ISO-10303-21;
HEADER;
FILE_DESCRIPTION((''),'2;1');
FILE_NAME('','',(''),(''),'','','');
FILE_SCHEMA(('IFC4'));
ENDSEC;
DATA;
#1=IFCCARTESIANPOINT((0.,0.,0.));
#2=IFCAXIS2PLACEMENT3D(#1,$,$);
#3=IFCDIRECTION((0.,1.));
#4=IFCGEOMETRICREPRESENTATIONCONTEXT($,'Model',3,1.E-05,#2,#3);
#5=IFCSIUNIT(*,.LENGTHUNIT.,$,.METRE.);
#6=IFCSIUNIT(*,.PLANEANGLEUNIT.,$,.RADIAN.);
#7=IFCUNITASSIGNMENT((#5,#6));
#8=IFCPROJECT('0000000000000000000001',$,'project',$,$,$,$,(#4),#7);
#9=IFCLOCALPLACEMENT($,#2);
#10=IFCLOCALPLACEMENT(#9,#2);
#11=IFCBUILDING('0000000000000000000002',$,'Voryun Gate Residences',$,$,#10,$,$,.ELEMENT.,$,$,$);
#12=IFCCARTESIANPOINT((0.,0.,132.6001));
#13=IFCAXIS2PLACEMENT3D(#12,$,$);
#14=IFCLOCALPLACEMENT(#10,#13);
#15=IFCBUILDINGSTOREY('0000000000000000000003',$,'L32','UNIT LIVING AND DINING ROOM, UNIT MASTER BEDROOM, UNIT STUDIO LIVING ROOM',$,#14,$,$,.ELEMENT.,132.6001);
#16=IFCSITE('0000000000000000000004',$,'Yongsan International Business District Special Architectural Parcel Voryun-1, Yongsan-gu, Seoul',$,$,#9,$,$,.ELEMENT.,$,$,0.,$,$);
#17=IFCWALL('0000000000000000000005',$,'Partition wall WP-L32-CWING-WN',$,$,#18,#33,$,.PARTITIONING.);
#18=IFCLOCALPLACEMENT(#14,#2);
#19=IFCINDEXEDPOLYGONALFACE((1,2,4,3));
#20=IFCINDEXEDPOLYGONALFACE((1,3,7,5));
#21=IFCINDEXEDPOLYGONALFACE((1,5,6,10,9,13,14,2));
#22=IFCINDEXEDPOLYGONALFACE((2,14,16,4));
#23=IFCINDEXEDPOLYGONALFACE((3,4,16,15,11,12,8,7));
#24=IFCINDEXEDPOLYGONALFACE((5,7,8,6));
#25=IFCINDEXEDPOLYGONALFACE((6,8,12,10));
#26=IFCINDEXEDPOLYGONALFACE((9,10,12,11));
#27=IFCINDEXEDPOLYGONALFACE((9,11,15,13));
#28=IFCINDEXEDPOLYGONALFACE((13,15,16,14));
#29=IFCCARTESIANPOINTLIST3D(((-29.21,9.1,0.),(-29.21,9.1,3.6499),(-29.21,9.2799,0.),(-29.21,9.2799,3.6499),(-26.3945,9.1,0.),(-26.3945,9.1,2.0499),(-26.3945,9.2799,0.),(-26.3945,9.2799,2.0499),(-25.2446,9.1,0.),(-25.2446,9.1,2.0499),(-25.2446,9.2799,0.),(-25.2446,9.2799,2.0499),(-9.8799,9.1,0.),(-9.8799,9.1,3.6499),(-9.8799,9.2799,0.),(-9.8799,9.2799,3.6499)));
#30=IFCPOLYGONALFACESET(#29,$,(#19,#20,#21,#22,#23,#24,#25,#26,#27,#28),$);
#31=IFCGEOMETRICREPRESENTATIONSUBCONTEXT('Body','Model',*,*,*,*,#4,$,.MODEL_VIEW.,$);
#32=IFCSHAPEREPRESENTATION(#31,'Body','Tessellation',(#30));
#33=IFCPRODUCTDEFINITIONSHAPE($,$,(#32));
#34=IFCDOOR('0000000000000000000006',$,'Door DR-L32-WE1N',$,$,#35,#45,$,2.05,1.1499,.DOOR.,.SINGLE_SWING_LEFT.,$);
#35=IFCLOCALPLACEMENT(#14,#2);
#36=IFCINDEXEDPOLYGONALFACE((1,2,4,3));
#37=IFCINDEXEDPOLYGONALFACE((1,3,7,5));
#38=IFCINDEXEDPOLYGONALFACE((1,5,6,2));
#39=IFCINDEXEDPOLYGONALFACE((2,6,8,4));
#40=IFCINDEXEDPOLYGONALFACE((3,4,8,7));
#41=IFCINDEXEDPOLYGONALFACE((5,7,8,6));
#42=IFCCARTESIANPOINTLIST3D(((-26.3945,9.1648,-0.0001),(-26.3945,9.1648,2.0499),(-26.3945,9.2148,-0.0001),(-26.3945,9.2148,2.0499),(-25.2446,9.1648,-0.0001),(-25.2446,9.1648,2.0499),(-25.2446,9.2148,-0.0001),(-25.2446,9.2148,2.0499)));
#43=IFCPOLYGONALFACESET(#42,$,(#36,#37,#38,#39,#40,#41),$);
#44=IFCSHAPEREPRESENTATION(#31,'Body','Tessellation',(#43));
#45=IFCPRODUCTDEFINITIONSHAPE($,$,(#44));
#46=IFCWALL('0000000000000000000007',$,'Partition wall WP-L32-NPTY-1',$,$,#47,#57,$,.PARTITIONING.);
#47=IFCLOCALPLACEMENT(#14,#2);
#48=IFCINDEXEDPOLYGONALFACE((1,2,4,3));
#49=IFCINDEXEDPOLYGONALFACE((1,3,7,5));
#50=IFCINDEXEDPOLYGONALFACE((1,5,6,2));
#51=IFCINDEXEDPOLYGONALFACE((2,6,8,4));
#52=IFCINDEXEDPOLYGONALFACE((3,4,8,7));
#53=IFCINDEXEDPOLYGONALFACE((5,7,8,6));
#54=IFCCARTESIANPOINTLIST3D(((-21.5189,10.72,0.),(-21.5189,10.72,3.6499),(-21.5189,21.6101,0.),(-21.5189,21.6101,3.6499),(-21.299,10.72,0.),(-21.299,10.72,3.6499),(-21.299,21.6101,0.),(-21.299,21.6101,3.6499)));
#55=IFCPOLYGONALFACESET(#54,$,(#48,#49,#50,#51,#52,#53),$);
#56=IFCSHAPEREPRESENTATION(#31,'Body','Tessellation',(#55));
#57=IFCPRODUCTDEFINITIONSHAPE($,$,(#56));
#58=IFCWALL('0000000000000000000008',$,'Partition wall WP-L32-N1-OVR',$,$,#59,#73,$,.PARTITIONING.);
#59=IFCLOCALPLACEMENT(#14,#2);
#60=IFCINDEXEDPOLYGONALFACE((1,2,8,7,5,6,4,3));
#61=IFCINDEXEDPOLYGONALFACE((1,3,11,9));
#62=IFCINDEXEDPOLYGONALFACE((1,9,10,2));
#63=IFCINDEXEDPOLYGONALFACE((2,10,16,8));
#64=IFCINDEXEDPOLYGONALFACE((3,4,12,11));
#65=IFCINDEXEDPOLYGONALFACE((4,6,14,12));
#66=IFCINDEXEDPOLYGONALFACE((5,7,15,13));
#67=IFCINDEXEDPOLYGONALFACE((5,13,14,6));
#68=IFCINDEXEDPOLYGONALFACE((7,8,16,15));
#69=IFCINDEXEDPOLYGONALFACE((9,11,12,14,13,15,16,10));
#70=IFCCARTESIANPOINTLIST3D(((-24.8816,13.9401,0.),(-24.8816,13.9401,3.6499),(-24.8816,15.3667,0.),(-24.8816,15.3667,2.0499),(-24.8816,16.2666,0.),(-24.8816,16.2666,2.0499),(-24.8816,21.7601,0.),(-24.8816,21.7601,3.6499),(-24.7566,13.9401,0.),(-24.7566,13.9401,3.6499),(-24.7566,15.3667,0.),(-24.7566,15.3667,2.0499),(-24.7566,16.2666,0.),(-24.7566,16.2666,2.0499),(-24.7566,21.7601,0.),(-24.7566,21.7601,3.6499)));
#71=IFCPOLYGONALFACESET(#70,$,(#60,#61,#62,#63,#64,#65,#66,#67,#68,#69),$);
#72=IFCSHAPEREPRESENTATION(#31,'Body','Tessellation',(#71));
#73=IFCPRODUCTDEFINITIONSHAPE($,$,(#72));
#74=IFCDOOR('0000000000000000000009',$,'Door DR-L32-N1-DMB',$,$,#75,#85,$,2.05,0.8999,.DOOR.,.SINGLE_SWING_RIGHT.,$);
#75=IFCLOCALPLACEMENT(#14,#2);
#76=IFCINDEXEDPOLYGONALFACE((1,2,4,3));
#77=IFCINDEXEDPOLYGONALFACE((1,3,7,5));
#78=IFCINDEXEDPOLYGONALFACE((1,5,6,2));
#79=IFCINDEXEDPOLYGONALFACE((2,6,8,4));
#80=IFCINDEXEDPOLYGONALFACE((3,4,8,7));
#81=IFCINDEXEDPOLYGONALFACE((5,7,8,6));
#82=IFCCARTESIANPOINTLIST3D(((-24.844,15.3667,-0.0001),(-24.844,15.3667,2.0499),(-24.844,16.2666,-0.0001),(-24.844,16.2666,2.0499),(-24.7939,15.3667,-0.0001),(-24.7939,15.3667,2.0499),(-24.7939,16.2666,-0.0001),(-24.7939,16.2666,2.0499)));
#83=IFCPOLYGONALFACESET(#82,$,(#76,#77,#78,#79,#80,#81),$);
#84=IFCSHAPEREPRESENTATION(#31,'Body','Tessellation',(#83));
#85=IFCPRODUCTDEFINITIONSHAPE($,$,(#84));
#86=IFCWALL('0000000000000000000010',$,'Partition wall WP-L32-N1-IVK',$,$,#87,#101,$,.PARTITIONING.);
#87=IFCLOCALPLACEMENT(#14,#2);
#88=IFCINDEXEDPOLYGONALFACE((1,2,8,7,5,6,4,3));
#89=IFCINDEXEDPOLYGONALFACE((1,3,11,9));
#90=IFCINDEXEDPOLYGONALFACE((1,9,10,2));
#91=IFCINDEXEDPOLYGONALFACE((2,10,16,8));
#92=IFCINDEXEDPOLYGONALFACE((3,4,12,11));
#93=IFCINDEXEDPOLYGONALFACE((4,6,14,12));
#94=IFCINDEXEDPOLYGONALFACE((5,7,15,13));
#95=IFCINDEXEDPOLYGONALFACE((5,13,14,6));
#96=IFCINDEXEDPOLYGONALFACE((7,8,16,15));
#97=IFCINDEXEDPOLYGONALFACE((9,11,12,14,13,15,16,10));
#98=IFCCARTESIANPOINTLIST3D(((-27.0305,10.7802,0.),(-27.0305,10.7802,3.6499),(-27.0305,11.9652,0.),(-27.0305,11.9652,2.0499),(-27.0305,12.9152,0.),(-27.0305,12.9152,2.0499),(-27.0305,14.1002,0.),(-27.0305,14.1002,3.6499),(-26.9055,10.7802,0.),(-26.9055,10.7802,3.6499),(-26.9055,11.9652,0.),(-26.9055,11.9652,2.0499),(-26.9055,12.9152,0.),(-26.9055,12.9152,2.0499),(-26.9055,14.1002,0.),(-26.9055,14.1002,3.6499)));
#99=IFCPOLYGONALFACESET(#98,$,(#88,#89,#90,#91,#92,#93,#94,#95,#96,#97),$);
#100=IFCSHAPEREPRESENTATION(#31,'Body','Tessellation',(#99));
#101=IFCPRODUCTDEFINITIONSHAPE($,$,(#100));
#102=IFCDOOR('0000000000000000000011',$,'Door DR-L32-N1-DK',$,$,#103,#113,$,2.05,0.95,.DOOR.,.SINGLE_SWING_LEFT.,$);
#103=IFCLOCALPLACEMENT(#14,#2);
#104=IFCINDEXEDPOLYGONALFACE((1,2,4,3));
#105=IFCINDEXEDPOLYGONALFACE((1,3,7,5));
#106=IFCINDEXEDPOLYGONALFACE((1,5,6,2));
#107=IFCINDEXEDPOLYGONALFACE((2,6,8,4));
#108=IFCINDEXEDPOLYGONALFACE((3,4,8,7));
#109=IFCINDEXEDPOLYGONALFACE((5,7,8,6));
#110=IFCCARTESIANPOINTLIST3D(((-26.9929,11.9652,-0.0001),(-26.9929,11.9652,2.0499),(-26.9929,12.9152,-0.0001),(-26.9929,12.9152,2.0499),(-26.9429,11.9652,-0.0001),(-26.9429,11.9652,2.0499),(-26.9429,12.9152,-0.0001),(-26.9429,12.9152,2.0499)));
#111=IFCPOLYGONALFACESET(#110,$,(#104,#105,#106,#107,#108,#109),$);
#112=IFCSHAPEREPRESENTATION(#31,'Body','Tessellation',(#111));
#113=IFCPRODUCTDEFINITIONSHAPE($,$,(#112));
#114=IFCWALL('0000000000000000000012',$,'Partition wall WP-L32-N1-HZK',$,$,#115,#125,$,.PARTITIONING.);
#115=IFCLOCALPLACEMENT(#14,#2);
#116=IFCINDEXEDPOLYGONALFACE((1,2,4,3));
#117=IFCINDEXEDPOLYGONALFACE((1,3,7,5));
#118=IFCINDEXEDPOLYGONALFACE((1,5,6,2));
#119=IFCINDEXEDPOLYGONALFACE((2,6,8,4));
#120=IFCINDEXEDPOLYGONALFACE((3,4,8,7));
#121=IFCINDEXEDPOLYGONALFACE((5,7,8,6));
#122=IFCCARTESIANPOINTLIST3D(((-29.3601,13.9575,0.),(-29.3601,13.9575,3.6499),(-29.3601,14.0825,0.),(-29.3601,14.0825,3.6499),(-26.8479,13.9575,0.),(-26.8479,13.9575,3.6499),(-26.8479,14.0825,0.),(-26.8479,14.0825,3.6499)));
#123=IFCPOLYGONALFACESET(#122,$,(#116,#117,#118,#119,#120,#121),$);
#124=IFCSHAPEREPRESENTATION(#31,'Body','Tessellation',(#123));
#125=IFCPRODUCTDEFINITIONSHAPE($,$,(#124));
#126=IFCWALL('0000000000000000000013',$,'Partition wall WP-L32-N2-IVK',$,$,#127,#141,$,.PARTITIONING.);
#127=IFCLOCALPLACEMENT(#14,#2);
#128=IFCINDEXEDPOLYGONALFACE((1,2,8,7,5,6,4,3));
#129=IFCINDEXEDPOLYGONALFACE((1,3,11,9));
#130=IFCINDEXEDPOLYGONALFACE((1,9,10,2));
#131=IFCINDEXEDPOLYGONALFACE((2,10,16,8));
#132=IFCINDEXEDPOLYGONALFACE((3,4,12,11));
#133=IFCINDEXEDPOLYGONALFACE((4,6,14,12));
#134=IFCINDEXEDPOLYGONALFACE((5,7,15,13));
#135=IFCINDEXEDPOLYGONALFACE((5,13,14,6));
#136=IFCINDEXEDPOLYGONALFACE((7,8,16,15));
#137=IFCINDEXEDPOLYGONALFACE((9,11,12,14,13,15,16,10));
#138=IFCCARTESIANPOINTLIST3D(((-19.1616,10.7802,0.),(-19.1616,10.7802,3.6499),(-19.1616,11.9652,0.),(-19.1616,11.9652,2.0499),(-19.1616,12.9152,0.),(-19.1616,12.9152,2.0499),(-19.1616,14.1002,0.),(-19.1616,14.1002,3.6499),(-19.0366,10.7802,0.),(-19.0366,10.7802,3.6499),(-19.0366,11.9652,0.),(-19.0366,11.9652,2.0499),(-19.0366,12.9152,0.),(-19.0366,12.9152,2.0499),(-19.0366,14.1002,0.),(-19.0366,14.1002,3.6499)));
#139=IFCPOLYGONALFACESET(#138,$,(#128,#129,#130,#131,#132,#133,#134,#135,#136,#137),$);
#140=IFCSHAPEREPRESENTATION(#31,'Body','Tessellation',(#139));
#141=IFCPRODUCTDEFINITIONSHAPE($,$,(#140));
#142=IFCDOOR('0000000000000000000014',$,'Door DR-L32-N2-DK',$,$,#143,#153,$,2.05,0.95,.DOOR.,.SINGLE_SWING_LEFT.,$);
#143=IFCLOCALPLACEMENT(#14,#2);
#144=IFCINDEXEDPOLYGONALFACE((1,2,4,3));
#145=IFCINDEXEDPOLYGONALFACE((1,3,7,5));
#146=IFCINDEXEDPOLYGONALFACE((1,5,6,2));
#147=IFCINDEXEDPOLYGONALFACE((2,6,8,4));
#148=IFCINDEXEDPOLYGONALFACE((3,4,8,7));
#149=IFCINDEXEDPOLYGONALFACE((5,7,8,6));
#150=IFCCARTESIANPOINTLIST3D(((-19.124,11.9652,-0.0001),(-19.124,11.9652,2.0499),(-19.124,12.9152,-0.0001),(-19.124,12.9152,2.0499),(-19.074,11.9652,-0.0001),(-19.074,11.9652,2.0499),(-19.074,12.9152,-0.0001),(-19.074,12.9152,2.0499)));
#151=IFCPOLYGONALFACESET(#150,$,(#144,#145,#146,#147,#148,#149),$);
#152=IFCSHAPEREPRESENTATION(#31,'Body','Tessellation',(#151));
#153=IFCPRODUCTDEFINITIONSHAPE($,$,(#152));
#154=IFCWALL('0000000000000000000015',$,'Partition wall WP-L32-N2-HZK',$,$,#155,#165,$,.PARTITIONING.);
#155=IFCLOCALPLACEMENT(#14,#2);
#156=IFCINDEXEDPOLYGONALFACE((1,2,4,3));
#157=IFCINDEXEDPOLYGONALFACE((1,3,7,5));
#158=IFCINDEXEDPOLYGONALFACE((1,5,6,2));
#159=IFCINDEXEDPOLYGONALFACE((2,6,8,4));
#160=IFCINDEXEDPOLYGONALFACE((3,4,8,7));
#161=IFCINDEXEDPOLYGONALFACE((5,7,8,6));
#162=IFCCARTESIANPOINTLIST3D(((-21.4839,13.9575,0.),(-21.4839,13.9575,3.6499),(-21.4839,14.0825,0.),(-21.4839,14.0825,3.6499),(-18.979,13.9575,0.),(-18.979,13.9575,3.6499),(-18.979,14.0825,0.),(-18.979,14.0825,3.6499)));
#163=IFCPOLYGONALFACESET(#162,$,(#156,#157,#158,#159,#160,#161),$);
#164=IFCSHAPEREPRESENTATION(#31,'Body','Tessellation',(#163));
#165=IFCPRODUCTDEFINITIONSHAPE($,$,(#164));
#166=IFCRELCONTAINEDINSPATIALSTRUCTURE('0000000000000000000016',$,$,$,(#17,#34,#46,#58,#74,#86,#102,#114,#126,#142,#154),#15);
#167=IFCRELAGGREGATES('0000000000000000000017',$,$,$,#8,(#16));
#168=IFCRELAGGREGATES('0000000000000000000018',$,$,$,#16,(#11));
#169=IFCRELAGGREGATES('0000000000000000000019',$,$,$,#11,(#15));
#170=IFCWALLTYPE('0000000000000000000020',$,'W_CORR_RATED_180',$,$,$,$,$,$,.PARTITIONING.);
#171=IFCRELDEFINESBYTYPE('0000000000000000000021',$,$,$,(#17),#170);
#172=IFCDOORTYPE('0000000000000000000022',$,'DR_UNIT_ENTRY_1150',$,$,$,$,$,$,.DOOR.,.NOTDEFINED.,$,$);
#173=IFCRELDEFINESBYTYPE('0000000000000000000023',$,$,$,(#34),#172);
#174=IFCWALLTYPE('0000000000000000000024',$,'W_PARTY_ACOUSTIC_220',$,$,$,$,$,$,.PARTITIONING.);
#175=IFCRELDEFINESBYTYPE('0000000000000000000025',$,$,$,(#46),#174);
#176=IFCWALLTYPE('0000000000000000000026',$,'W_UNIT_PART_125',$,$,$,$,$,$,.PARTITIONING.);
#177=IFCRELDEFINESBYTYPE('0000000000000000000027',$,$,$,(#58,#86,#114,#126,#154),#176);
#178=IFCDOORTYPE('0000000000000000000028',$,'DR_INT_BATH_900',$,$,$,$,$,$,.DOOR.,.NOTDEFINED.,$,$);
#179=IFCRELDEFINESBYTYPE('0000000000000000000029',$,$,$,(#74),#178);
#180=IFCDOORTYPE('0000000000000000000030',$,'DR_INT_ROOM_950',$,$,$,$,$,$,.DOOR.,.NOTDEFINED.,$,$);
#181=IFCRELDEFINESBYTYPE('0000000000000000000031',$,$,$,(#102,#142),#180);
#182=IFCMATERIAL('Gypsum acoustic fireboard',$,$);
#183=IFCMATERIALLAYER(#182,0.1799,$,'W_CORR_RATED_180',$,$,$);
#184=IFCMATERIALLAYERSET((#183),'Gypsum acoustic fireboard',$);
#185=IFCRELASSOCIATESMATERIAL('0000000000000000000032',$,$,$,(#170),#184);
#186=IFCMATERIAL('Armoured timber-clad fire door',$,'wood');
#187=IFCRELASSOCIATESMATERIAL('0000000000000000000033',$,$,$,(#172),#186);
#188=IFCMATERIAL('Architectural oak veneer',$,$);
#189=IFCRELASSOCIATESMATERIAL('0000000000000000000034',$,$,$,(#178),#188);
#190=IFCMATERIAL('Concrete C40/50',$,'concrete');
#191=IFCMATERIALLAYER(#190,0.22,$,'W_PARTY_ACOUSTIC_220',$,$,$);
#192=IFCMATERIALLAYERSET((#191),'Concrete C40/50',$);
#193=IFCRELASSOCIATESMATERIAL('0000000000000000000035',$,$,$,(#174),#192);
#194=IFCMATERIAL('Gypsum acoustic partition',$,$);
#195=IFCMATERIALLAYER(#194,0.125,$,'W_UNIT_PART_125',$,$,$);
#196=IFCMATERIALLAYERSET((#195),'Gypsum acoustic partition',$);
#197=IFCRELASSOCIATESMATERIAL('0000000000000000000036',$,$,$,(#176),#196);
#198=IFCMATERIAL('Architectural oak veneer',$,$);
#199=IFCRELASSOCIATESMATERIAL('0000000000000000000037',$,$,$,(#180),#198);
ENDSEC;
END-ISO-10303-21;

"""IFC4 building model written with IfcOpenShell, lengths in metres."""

from ifc_helpers import new_model, si_unit, direction, frame, frame_2d, origin, place, context, subcontext, project, spatial, rectangle, extrude, material, layer, layer_set, type_object, element, fill, save


model = new_model("IFC4")

# Units and contexts
model_context = context("Model", 3, precision=1e-05, world=origin(), true_north=direction((0.0, 1.0)))
body_context = subcontext(model_context, "Body", "Model", "MODEL_VIEW")
ifc_project = project(units=[si_unit("LENGTHUNIT", "METRE"), si_unit("PLANEANGLEUNIT", "RADIAN")], contexts=[model_context])

# Site, building, storey
site_placement = place(None, origin())
site = spatial("IfcSite", under=ifc_project, at=site_placement, Name="Yongsan International Business District Special Architectural Parcel Voryun-1, Yongsan-gu, Seoul", CompositionType="ELEMENT", RefElevation=0.0)
building_placement = place(site_placement, origin())
building = spatial("IfcBuilding", under=site, at=building_placement, Name="Voryun Gate Residences", CompositionType="ELEMENT")
storey_placement = place(building_placement, frame((0.0, 0.0, 132.6001)))
storey = spatial("IfcBuildingStorey", under=building, at=storey_placement, Name="L32", Description="UNIT LIVING AND DINING ROOM, UNIT MASTER BEDROOM, UNIT STUDIO LIVING ROOM", CompositionType="ELEMENT", Elevation=132.6001)

# Wall, opening, door
ifc_material_1 = material(Name="Gypsum acoustic fireboard")
ifc_layer_1 = layer(ifc_material_1, 0.1799, Name="W_CORR_RATED_180")
ifc_layer_set_1 = layer_set([ifc_layer_1], Name="Gypsum acoustic fireboard")
wall_type_1 = type_object("IfcWallType", Name="W_CORR_RATED_180", PredefinedType="PARTITIONING", material=ifc_layer_set_1)
wall_1_placement = place(storey_placement, frame((-29.21, 9.1899, 0.0), z_axis=(0.0, 0.0, 1.0), x_axis=(1.0, 0.0, 0.0)))
wall_1 = element("IfcWall", 1, at=wall_1_placement, inside=storey, type_object=wall_type_1, Name="Partition wall WP-L32-CWING-WN", PredefinedType="PARTITIONING", context=body_context, shape_type="SweptSolid", body=[
    extrude(rectangle(XDim=19.3301, YDim=0.1799, at=frame_2d((9.665, 0.0))), origin(), (0.0, 0.0, 1.0), 3.6499),
])
opening_1_placement = place(wall_1_placement, frame((2.8154, 0.0, 0.0)))
opening_1 = element("IfcOpeningElement", 2, at=opening_1_placement, cuts=wall_1, PredefinedType="OPENING", context=body_context, shape_type="SweptSolid", body=[
    extrude(rectangle(XDim=1.1499, YDim=2.05, at=frame_2d((0.575, 1.0249))), frame((0.0, 0.0999, 0.0), z_axis=(0.0, -1.0, 0.0), x_axis=(1.0, 0.0, 0.0)), (0.0, 0.0, 1.0), 0.2),
])
ifc_material_2 = material(Name="Armoured timber-clad fire door", Category="wood")
door_type_1 = type_object("IfcDoorType", Name="DR_UNIT_ENTRY_1150", OperationType="NOTDEFINED", PredefinedType="DOOR", material=ifc_material_2)
door_1_placement = place(opening_1_placement, origin())
door_1 = element("IfcDoor", 3, at=door_1_placement, inside=storey, type_object=door_type_1, Name="Door DR-L32-WE1N", OperationType="SINGLE_SWING_LEFT", OverallHeight=2.05, OverallWidth=1.1499, PredefinedType="DOOR", context=body_context, shape_type="SweptSolid", body=[
    extrude(rectangle(XDim=1.1499, YDim=2.05, at=frame_2d((0.575, 1.0249))), frame((0.0, 0.0249, 0.0), z_axis=(0.0, -1.0, 0.0), x_axis=(1.0, 0.0, 0.0)), (0.0, 0.0, 1.0), 0.05),
])
fill(opening_1, door_1)

# Shared definitions
ifc_material_3 = material(Name="Architectural oak veneer")
door_type_2 = type_object("IfcDoorType", Name="DR_INT_BATH_900", OperationType="NOTDEFINED", PredefinedType="DOOR", material=ifc_material_3)

# Wall
ifc_material_4 = material(Name="Concrete C40/50", Category="concrete")
ifc_layer_2 = layer(ifc_material_4, 0.22, Name="W_PARTY_ACOUSTIC_220")
ifc_layer_set_2 = layer_set([ifc_layer_2], Name="Concrete C40/50")
wall_type_2 = type_object("IfcWallType", Name="W_PARTY_ACOUSTIC_220", PredefinedType="PARTITIONING", material=ifc_layer_set_2)
wall_2_placement = place(storey_placement, frame((-21.4089, 10.72, 0.0), z_axis=(0.0, 0.0, 1.0), x_axis=(0.0, 1.0, 0.0)))
element("IfcWall", 4, at=wall_2_placement, inside=storey, type_object=wall_type_2, Name="Partition wall WP-L32-NPTY-1", PredefinedType="PARTITIONING", context=body_context, shape_type="SweptSolid", body=[
    extrude(rectangle(XDim=10.8901, YDim=0.22, at=frame_2d((5.4451, 0.0))), origin(), (0.0, 0.0, 1.0), 3.6499),
])

# Walls, openings, doors
ifc_material_5 = material(Name="Gypsum acoustic partition")
ifc_layer_3 = layer(ifc_material_5, 0.125, Name="W_UNIT_PART_125")
ifc_layer_set_3 = layer_set([ifc_layer_3], Name="Gypsum acoustic partition")
wall_type_3 = type_object("IfcWallType", Name="W_UNIT_PART_125", PredefinedType="PARTITIONING", material=ifc_layer_set_3)
wall_3_placement = place(storey_placement, frame((-24.8191, 13.9399, 0.0), z_axis=(0.0, 0.0, 1.0), x_axis=(0.0, 1.0, 0.0)))
wall_3 = element("IfcWall", 5, at=wall_3_placement, inside=storey, type_object=wall_type_3, Name="Partition wall WP-L32-N1-OVR", PredefinedType="PARTITIONING", context=body_context, shape_type="SweptSolid", body=[
    extrude(rectangle(XDim=7.8201, YDim=0.125, at=frame_2d((3.9102, 0.0))), origin(), (0.0, 0.0, 1.0), 3.6499),
])
opening_2_placement = place(wall_3_placement, frame((1.4268, 0.0, 0.0)))
opening_2 = element("IfcOpeningElement", 6, at=opening_2_placement, cuts=wall_3, PredefinedType="OPENING", context=body_context, shape_type="SweptSolid", body=[
    extrude(rectangle(XDim=0.8999, YDim=2.05, at=frame_2d((0.45, 1.0249))), frame((0.0, 0.0725, 0.0), z_axis=(0.0, -1.0, 0.0), x_axis=(1.0, 0.0, 0.0)), (0.0, 0.0, 1.0), 0.145),
])
door_2_placement = place(opening_2_placement, origin())
door_2 = element("IfcDoor", 7, at=door_2_placement, inside=storey, type_object=door_type_2, Name="Door DR-L32-N1-DMB", OperationType="SINGLE_SWING_RIGHT", OverallHeight=2.05, OverallWidth=0.8999, PredefinedType="DOOR", context=body_context, shape_type="SweptSolid", body=[
    extrude(rectangle(XDim=0.8999, YDim=2.05, at=frame_2d((0.45, 1.0249))), frame((0.0, 0.0249, 0.0), z_axis=(0.0, -1.0, 0.0), x_axis=(1.0, 0.0, 0.0)), (0.0, 0.0, 1.0), 0.05),
])
fill(opening_2, door_2)
wall_4_placement = place(storey_placement, frame((-26.968, 10.78, 0.0), z_axis=(0.0, 0.0, 1.0), x_axis=(0.0, 1.0, 0.0)))
wall_4 = element("IfcWall", 8, at=wall_4_placement, inside=storey, type_object=wall_type_3, Name="Partition wall WP-L32-N1-IVK", PredefinedType="PARTITIONING", context=body_context, shape_type="SweptSolid", body=[
    extrude(rectangle(XDim=3.3201, YDim=0.125, at=frame_2d((1.6602, 0.0))), origin(), (0.0, 0.0, 1.0), 3.6499),
])
opening_3_placement = place(wall_4_placement, frame((1.1851, 0.0, 0.0)))
opening_3 = element("IfcOpeningElement", 9, at=opening_3_placement, cuts=wall_4, PredefinedType="OPENING", context=body_context, shape_type="SweptSolid", body=[
    extrude(rectangle(XDim=0.95, YDim=2.05, at=frame_2d((0.4751, 1.0249))), frame((0.0, 0.0725, 0.0), z_axis=(0.0, -1.0, 0.0), x_axis=(1.0, 0.0, 0.0)), (0.0, 0.0, 1.0), 0.145),
])
ifc_material_6 = material(Name="Architectural oak veneer")
door_type_3 = type_object("IfcDoorType", Name="DR_INT_ROOM_950", OperationType="NOTDEFINED", PredefinedType="DOOR", material=ifc_material_6)
door_3_placement = place(opening_3_placement, origin())
door_3 = element("IfcDoor", 10, at=door_3_placement, inside=storey, type_object=door_type_3, Name="Door DR-L32-N1-DK", OperationType="SINGLE_SWING_LEFT", OverallHeight=2.05, OverallWidth=0.95, PredefinedType="DOOR", context=body_context, shape_type="SweptSolid", body=[
    extrude(rectangle(XDim=0.95, YDim=2.05, at=frame_2d((0.4751, 1.0249))), frame((0.0, 0.0249, 0.0), z_axis=(0.0, -1.0, 0.0), x_axis=(1.0, 0.0, 0.0)), (0.0, 0.0, 1.0), 0.05),
])
fill(opening_3, door_3)

# Wall
wall_5_placement = place(storey_placement, frame((-29.3601, 14.02, 0.0), z_axis=(0.0, 0.0, 1.0), x_axis=(1.0, 0.0, 0.0)))
element("IfcWall", 11, at=wall_5_placement, inside=storey, type_object=wall_type_3, Name="Partition wall WP-L32-N1-HZK", PredefinedType="PARTITIONING", context=body_context, shape_type="SweptSolid", body=[
    extrude(rectangle(XDim=2.5122, YDim=0.125, at=frame_2d((1.2561, 0.0))), origin(), (0.0, 0.0, 1.0), 3.6499),
])

# Wall, opening, door
wall_6_placement = place(storey_placement, frame((-19.0991, 10.78, 0.0), z_axis=(0.0, 0.0, 1.0), x_axis=(0.0, 1.0, 0.0)))
wall_6 = element("IfcWall", 12, at=wall_6_placement, inside=storey, type_object=wall_type_3, Name="Partition wall WP-L32-N2-IVK", PredefinedType="PARTITIONING", context=body_context, shape_type="SweptSolid", body=[
    extrude(rectangle(XDim=3.3201, YDim=0.125, at=frame_2d((1.6602, 0.0))), origin(), (0.0, 0.0, 1.0), 3.6499),
])
opening_4_placement = place(wall_6_placement, frame((1.1851, 0.0, 0.0)))
opening_4 = element("IfcOpeningElement", 13, at=opening_4_placement, cuts=wall_6, PredefinedType="OPENING", context=body_context, shape_type="SweptSolid", body=[
    extrude(rectangle(XDim=0.95, YDim=2.05, at=frame_2d((0.4751, 1.0249))), frame((0.0, 0.0725, 0.0), z_axis=(0.0, -1.0, 0.0), x_axis=(1.0, 0.0, 0.0)), (0.0, 0.0, 1.0), 0.145),
])
door_4_placement = place(opening_4_placement, origin())
door_4 = element("IfcDoor", 14, at=door_4_placement, inside=storey, type_object=door_type_3, Name="Door DR-L32-N2-DK", OperationType="SINGLE_SWING_LEFT", OverallHeight=2.05, OverallWidth=0.95, PredefinedType="DOOR", context=body_context, shape_type="SweptSolid", body=[
    extrude(rectangle(XDim=0.95, YDim=2.05, at=frame_2d((0.4751, 1.0249))), frame((0.0, 0.0249, 0.0), z_axis=(0.0, -1.0, 0.0), x_axis=(1.0, 0.0, 0.0)), (0.0, 0.0, 1.0), 0.05),
])
fill(opening_4, door_4)

# Wall
wall_7_placement = place(storey_placement, frame((-21.4839, 14.02, 0.0), z_axis=(0.0, 0.0, 1.0), x_axis=(1.0, 0.0, 0.0)))
element("IfcWall", 15, at=wall_7_placement, inside=storey, type_object=wall_type_3, Name="Partition wall WP-L32-N2-HZK", PredefinedType="PARTITIONING", context=body_context, shape_type="SweptSolid", body=[
    extrude(rectangle(XDim=2.5049, YDim=0.125, at=frame_2d((1.2524, 0.0))), origin(), (0.0, 0.0, 1.0), 3.6499),
])

save(model, "model.ifc")
